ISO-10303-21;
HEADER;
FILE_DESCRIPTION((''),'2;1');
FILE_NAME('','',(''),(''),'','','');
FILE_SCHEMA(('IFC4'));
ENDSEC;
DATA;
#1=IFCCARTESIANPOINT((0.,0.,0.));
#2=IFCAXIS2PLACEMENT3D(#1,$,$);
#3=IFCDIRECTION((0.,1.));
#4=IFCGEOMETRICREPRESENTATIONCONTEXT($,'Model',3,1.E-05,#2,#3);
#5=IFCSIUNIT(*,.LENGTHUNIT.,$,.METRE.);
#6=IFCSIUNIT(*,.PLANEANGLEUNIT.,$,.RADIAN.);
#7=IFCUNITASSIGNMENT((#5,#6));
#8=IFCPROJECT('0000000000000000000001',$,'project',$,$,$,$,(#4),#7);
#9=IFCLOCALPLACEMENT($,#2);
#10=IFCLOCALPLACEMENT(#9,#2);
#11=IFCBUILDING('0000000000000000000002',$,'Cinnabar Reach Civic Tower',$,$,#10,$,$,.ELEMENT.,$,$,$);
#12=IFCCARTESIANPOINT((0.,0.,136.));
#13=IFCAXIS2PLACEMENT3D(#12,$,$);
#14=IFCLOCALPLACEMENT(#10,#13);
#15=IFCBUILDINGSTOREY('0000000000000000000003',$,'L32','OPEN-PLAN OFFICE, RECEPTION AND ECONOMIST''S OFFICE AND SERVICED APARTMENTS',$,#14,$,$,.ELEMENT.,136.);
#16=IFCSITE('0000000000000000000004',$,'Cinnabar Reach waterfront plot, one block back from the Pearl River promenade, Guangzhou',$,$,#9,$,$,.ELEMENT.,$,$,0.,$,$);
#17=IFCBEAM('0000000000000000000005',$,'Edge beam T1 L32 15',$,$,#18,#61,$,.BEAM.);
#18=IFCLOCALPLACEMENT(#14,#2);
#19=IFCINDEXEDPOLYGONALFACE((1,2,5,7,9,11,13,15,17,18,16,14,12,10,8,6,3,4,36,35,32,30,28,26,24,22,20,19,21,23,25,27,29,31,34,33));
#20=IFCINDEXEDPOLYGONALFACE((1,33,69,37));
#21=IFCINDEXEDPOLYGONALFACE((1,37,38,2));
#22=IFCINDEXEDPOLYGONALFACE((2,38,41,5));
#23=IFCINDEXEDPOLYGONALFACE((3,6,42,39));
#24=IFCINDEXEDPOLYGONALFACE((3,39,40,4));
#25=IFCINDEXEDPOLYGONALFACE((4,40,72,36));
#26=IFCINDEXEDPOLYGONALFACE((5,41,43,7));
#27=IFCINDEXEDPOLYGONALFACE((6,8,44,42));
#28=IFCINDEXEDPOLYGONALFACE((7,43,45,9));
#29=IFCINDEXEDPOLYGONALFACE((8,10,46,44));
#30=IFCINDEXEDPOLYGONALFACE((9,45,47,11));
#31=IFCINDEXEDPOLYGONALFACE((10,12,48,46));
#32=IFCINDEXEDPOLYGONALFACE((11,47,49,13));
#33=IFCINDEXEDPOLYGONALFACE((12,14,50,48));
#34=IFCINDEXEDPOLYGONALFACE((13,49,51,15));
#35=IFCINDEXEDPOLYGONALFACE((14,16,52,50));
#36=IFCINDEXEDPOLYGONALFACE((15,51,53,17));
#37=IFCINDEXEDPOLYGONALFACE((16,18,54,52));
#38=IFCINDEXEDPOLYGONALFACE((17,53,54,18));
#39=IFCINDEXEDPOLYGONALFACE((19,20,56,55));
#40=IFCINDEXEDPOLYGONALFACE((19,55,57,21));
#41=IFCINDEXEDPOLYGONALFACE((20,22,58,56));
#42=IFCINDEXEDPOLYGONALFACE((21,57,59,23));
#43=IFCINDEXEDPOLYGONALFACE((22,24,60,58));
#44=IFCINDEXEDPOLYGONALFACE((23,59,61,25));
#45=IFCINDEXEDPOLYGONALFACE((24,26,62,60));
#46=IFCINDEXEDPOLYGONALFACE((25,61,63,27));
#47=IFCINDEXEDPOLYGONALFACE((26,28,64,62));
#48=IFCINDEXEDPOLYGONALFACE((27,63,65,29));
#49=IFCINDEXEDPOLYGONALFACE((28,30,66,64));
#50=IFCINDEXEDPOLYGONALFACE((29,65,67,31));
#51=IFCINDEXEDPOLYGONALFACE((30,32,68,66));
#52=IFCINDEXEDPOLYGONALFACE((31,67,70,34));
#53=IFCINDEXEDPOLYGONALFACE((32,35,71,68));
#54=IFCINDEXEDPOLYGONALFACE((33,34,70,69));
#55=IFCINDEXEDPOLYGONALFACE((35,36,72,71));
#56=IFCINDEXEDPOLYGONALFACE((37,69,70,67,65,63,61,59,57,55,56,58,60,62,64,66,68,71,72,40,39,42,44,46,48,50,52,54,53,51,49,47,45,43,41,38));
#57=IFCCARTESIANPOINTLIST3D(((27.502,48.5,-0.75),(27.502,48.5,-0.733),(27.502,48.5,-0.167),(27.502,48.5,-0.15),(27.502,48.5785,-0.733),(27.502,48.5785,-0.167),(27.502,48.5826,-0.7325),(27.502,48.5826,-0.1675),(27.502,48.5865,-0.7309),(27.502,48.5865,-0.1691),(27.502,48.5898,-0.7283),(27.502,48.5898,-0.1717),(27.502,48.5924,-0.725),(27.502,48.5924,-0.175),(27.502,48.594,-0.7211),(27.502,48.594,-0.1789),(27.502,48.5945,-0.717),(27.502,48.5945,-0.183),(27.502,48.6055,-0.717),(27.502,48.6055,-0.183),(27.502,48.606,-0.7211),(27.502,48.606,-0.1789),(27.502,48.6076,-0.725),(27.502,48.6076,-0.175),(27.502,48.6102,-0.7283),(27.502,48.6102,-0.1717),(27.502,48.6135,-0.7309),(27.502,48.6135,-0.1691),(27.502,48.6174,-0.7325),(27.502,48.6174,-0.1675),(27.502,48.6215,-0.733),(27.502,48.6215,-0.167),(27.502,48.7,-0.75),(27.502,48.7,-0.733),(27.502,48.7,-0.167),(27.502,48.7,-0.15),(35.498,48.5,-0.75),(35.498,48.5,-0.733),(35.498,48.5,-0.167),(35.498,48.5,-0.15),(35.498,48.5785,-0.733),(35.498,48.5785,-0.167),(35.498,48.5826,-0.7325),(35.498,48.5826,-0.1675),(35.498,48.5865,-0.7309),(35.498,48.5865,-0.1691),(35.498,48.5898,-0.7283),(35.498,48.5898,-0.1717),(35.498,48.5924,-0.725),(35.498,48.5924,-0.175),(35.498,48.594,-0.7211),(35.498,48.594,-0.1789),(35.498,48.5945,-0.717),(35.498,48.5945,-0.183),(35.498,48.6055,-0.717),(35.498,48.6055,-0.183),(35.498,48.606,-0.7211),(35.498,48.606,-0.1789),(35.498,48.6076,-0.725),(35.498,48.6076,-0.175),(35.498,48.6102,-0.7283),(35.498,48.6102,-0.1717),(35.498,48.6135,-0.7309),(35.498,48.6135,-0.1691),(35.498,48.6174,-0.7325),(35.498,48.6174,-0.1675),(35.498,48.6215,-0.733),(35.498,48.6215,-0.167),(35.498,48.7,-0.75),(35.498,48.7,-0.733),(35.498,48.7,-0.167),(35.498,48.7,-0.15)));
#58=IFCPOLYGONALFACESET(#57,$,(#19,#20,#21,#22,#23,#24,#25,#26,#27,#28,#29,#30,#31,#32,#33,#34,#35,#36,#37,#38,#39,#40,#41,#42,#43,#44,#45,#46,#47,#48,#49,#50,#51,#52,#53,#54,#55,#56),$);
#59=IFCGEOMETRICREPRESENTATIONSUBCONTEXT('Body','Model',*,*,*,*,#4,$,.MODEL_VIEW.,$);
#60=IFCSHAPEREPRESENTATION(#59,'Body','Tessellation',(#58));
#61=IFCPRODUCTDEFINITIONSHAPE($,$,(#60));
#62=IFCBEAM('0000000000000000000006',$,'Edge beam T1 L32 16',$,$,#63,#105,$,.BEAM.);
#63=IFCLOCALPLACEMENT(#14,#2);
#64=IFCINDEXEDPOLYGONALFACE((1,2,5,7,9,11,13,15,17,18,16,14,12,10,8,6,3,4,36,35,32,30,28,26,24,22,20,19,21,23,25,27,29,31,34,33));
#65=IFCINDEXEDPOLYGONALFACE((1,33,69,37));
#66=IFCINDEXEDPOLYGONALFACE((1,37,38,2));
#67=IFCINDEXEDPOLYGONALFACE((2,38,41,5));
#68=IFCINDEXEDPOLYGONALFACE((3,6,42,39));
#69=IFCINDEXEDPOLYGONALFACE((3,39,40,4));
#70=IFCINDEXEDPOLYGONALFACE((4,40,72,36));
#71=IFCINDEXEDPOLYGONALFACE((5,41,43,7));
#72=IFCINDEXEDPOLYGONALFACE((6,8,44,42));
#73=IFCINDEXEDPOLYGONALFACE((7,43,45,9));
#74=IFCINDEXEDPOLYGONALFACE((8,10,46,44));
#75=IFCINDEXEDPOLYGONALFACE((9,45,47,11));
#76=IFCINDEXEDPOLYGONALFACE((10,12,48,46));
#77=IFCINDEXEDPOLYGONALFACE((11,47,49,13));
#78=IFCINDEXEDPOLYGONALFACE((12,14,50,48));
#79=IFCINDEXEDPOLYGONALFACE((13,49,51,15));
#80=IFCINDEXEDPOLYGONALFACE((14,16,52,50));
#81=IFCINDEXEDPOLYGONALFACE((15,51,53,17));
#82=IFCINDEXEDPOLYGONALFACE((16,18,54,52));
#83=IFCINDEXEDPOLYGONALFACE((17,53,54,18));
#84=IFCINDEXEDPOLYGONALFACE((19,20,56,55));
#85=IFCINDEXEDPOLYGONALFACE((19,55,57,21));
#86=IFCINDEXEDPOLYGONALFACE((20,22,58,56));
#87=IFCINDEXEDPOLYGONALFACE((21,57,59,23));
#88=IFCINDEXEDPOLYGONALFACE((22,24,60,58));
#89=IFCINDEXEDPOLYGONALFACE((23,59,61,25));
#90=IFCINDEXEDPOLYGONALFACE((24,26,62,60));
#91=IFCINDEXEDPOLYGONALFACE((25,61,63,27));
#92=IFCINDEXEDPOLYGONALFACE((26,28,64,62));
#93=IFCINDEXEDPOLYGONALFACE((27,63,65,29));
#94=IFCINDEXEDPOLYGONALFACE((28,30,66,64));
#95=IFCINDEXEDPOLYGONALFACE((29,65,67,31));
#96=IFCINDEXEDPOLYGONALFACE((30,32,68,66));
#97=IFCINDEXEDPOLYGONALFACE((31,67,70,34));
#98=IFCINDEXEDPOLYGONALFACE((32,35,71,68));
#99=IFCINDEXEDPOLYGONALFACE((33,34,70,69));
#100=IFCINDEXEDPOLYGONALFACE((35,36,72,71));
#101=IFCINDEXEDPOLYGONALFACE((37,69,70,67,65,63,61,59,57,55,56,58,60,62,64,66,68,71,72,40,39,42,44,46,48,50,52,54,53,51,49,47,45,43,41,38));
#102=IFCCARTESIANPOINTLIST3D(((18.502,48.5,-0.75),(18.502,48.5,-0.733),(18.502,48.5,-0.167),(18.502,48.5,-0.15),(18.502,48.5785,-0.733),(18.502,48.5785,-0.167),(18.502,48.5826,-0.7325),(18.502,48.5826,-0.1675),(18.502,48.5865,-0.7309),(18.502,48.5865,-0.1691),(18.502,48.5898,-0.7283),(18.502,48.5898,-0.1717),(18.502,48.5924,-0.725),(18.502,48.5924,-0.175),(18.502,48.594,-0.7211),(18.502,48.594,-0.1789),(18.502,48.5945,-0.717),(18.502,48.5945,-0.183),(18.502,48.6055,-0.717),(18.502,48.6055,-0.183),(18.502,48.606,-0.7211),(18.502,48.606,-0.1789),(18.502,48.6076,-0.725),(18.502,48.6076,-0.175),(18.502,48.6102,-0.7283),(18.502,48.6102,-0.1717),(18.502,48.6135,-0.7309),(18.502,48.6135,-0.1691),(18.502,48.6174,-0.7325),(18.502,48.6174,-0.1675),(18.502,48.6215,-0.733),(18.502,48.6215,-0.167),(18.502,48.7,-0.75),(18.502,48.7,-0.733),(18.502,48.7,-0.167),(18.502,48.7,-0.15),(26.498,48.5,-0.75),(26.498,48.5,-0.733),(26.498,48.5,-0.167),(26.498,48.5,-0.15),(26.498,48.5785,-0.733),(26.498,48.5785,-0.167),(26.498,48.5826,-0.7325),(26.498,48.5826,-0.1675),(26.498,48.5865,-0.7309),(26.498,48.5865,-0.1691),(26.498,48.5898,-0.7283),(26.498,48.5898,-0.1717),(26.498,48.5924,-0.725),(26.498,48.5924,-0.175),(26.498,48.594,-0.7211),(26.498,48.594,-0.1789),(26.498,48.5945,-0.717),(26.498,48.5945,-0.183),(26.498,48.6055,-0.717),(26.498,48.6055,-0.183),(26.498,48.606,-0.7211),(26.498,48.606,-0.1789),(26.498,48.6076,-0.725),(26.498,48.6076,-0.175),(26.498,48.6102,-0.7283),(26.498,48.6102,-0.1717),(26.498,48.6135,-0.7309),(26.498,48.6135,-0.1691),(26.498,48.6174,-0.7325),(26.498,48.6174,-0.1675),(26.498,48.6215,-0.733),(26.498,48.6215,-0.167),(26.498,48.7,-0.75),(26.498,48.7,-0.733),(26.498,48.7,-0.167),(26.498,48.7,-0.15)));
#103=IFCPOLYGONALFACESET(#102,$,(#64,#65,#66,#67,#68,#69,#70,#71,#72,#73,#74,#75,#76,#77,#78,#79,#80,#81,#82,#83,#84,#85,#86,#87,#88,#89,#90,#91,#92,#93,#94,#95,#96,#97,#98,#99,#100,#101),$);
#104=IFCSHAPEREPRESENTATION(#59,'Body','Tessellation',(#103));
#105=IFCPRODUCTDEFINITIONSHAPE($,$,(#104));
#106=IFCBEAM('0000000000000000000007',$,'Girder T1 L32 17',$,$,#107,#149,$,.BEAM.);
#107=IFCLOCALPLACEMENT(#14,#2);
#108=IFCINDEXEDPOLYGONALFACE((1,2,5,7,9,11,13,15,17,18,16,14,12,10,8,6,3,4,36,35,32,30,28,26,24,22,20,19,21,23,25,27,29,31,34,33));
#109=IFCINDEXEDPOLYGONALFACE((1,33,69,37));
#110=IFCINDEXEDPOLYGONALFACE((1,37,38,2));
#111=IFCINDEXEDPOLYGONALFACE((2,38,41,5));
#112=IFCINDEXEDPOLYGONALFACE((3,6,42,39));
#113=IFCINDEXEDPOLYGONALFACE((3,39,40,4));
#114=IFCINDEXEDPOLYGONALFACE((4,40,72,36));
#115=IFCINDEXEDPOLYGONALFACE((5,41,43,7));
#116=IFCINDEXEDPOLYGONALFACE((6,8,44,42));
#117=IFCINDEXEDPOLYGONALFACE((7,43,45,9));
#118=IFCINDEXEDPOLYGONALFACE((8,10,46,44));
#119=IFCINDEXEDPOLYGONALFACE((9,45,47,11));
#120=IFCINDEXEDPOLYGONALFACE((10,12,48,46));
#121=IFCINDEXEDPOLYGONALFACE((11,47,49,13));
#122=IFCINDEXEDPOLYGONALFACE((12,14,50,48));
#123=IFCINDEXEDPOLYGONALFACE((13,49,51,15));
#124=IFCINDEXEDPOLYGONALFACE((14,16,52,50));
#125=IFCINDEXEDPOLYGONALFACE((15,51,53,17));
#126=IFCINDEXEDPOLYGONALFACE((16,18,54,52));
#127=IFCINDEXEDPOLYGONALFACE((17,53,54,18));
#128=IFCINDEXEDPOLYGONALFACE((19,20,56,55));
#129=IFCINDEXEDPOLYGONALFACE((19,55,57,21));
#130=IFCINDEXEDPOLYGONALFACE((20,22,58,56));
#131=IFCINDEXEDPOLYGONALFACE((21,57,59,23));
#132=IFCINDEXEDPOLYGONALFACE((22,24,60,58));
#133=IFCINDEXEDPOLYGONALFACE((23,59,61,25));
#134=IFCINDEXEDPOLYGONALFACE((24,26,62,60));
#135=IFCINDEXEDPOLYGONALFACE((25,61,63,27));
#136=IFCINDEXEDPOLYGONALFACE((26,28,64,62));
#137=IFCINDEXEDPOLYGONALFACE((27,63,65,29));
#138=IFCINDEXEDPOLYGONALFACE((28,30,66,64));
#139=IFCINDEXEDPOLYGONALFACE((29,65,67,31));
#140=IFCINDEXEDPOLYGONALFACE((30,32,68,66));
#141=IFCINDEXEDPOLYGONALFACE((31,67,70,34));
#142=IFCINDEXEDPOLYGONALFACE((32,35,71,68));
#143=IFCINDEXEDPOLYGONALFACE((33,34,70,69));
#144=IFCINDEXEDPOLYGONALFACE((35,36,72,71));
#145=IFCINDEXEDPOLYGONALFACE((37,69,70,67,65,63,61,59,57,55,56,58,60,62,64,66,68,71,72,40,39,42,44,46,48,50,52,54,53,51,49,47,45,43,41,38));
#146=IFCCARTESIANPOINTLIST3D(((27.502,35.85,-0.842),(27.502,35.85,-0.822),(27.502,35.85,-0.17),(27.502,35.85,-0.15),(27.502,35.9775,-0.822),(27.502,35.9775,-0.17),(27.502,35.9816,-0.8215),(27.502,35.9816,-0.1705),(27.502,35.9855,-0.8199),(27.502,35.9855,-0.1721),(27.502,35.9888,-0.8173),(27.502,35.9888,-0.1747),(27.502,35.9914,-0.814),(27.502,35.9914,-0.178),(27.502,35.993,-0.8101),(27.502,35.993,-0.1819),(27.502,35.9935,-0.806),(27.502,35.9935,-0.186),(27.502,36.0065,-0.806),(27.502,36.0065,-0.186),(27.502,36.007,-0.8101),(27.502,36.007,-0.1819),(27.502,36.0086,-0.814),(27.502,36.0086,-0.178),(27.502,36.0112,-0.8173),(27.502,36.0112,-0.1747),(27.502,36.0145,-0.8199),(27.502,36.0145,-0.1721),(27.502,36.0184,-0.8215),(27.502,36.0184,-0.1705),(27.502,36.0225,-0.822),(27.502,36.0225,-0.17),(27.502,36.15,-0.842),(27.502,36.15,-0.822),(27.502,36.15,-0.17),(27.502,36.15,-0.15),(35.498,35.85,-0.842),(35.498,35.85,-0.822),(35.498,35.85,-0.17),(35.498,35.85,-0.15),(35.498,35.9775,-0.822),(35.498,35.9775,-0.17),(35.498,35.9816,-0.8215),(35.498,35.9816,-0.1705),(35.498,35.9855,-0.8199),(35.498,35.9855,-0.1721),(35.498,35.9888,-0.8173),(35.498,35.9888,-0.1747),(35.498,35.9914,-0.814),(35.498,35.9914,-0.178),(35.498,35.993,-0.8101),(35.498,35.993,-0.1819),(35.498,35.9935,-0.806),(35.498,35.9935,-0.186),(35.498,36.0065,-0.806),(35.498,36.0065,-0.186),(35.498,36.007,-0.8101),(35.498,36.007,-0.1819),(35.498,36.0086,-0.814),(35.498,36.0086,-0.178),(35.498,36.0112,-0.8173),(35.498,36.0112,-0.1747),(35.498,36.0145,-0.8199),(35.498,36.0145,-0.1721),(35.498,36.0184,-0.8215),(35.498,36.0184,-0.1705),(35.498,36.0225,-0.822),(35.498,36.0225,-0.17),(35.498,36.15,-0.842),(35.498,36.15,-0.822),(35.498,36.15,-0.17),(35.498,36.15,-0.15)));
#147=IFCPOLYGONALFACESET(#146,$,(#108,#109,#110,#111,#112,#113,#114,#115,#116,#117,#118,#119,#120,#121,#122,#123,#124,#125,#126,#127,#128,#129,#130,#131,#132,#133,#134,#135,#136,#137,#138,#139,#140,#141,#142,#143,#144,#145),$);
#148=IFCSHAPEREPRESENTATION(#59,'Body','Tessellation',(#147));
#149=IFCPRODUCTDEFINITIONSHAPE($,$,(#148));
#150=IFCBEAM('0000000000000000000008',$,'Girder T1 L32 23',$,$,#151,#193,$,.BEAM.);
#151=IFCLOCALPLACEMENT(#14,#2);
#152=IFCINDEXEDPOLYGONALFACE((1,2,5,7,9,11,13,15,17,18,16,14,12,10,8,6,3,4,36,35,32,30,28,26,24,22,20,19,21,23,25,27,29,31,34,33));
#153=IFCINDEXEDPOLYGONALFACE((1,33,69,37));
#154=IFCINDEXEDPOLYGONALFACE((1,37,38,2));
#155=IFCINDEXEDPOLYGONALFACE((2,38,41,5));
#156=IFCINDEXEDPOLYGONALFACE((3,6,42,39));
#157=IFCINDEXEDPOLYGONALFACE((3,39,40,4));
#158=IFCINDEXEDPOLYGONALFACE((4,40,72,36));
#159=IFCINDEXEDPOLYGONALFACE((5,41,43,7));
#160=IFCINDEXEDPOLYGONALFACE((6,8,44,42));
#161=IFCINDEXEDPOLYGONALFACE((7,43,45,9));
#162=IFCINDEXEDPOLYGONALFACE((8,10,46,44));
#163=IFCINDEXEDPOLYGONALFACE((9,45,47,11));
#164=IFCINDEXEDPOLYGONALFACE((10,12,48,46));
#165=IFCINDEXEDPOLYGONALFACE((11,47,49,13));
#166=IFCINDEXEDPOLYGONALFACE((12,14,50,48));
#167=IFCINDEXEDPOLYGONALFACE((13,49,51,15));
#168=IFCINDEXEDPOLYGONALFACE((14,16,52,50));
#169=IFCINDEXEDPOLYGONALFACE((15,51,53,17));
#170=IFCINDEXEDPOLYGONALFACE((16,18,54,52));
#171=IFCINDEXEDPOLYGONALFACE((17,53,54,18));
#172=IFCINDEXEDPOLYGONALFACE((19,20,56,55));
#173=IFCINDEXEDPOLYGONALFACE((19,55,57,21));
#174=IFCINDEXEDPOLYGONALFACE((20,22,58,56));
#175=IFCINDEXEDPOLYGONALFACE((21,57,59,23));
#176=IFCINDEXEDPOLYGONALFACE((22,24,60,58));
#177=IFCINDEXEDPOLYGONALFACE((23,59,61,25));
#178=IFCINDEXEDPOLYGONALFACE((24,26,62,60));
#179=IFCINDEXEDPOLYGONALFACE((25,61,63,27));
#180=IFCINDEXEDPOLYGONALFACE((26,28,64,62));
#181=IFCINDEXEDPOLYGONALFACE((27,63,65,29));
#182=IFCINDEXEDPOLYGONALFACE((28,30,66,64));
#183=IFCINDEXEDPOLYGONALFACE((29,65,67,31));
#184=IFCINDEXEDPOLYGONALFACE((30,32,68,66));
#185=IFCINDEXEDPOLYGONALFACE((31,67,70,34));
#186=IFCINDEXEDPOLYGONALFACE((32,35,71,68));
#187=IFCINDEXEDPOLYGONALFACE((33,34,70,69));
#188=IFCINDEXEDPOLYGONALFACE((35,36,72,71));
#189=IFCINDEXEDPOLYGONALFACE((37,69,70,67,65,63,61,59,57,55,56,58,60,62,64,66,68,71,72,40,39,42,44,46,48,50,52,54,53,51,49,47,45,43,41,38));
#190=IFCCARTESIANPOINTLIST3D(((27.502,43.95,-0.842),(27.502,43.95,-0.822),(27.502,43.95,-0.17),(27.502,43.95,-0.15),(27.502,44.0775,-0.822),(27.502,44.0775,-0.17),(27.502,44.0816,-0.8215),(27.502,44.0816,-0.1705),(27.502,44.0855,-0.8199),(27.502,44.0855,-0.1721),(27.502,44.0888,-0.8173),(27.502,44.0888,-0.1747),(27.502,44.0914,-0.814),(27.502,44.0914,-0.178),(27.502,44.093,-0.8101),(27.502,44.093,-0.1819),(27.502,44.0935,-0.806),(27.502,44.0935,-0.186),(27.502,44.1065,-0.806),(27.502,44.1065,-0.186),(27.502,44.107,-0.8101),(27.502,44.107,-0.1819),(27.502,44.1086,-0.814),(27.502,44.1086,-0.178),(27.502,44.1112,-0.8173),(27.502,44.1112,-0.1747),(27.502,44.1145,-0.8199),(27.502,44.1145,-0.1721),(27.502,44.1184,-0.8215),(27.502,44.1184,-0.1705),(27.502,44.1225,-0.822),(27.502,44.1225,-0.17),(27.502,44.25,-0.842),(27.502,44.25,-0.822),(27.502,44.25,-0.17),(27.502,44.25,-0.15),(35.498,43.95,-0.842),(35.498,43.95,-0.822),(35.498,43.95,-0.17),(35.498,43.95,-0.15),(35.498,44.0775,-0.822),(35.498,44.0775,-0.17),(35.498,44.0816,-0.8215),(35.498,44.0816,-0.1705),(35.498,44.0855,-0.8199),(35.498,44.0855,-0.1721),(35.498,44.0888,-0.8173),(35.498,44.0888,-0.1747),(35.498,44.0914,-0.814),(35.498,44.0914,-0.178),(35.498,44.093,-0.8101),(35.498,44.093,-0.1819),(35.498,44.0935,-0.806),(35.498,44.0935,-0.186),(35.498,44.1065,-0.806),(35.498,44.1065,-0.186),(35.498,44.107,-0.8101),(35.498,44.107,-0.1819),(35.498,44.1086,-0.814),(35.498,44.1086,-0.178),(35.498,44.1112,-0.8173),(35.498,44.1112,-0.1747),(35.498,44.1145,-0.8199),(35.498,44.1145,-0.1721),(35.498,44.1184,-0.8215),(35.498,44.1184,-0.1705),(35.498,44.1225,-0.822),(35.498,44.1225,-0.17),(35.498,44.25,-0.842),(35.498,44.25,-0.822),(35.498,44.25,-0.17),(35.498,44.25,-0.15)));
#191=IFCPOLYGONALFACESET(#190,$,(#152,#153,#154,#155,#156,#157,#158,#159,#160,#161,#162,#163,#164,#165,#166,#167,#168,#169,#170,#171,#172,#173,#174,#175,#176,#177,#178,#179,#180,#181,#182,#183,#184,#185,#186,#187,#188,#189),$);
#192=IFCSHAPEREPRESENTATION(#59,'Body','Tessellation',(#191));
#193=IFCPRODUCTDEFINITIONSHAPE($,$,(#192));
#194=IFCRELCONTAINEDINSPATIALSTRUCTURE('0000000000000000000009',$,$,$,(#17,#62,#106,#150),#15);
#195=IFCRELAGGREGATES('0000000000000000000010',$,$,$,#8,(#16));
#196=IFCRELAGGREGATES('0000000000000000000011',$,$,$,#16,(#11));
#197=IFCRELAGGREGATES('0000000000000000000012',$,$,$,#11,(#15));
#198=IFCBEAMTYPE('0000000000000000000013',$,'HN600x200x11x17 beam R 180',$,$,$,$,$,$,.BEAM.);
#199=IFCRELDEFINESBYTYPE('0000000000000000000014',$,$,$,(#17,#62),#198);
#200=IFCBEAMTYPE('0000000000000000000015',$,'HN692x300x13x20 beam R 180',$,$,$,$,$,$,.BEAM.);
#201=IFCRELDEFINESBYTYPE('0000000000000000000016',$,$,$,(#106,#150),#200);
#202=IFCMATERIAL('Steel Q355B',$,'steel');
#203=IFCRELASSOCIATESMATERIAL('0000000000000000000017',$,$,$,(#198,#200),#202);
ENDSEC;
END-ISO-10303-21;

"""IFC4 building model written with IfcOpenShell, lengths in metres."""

from ifc_helpers import new_model, si_unit, direction, frame, origin, origin_2d, place, context, subcontext, project, spatial, i_section, extrude, material, material_profile, profile_set, type_object, element, save


model = new_model("IFC4")

# Units and contexts
model_context = context("Model", 3, precision=1e-05, world=origin(), true_north=direction((0.0, 1.0)))
body_context = subcontext(model_context, "Body", "Model", "MODEL_VIEW")
ifc_project = project(units=[si_unit("LENGTHUNIT", "METRE"), si_unit("PLANEANGLEUNIT", "RADIAN")], contexts=[model_context])

# Site, building, storey
site_placement = place(None, origin())
site = spatial("IfcSite", under=ifc_project, at=site_placement, Name="Cinnabar Reach waterfront plot, one block back from the Pearl River promenade, Guangzhou", CompositionType="ELEMENT", RefElevation=0.0)
building_placement = place(site_placement, origin())
building = spatial("IfcBuilding", under=site, at=building_placement, Name="Cinnabar Reach Civic Tower", CompositionType="ELEMENT")
storey_placement = place(building_placement, frame((0.0, 0.0, 136.0)))
storey = spatial("IfcBuildingStorey", under=building, at=storey_placement, Name="L32", Description="OPEN-PLAN OFFICE, RECEPTION AND ECONOMIST'S OFFICE AND SERVICED APARTMENTS", CompositionType="ELEMENT", Elevation=136.0)

# Beams
ifc_material_1 = material(Name="Steel Q355B", Category="steel")
ifc_material_profile_1 = material_profile(ifc_material_1, i_section(OverallWidth=0.2, OverallDepth=0.6, WebThickness=0.011, FlangeThickness=0.017, FilletRadius=0.016, at=origin_2d()), Name="HN600x200x11x17")
ifc_profile_set_1 = profile_set([ifc_material_profile_1], Name="Steel Q355B")
beam_type_1 = type_object("IfcBeamType", Name="HN600x200x11x17 beam R 180", PredefinedType="BEAM", material=ifc_profile_set_1)
for number, where, z_axis, x_axis, name in (
    (1, (35.498, 48.6, -0.45), (-1.0, 0.0, 0.0), (0.0, -1.0, 0.0), "Edge beam T1 L32 15"),
    (2, (26.498, 48.6, -0.45), (-1.0, 0.0, 0.0), (0.0, -1.0, 0.0), "Edge beam T1 L32 16"),
):
    element("IfcBeam", number, at=place(storey_placement, frame(where, z_axis=z_axis, x_axis=x_axis)), inside=storey, type_object=beam_type_1, Name=name, PredefinedType="BEAM", context=body_context, shape_type="SweptSolid", body=[
        extrude(i_section(OverallWidth=0.2, OverallDepth=0.6, WebThickness=0.011, FlangeThickness=0.017, FilletRadius=0.016, at=origin_2d()), origin(), (0.0, 0.0, 1.0), 7.996),
    ])
ifc_material_profile_2 = material_profile(ifc_material_1, i_section(OverallWidth=0.3, OverallDepth=0.692, WebThickness=0.013, FlangeThickness=0.02, FilletRadius=0.016, at=origin_2d()), Name="HN692x300x13x20")
ifc_profile_set_2 = profile_set([ifc_material_profile_2], Name="Steel Q355B")
beam_type_2 = type_object("IfcBeamType", Name="HN692x300x13x20 beam R 180", PredefinedType="BEAM", material=ifc_profile_set_2)
for number, where, z_axis, x_axis, name in (
    (3, (27.502, 36.0, -0.496), (1.0, 0.0, 0.0), (0.0, 1.0, 0.0), "Girder T1 L32 17"),
    (4, (27.502, 44.1, -0.496), (1.0, 0.0, 0.0), (0.0, 1.0, 0.0), "Girder T1 L32 23"),
):
    element("IfcBeam", number, at=place(storey_placement, frame(where, z_axis=z_axis, x_axis=x_axis)), inside=storey, type_object=beam_type_2, Name=name, PredefinedType="BEAM", context=body_context, shape_type="SweptSolid", body=[
        extrude(i_section(OverallWidth=0.3, OverallDepth=0.692, WebThickness=0.013, FlangeThickness=0.02, FilletRadius=0.016, at=origin_2d()), origin(), (0.0, 0.0, 1.0), 7.996),
    ])

save(model, "model.ifc")
